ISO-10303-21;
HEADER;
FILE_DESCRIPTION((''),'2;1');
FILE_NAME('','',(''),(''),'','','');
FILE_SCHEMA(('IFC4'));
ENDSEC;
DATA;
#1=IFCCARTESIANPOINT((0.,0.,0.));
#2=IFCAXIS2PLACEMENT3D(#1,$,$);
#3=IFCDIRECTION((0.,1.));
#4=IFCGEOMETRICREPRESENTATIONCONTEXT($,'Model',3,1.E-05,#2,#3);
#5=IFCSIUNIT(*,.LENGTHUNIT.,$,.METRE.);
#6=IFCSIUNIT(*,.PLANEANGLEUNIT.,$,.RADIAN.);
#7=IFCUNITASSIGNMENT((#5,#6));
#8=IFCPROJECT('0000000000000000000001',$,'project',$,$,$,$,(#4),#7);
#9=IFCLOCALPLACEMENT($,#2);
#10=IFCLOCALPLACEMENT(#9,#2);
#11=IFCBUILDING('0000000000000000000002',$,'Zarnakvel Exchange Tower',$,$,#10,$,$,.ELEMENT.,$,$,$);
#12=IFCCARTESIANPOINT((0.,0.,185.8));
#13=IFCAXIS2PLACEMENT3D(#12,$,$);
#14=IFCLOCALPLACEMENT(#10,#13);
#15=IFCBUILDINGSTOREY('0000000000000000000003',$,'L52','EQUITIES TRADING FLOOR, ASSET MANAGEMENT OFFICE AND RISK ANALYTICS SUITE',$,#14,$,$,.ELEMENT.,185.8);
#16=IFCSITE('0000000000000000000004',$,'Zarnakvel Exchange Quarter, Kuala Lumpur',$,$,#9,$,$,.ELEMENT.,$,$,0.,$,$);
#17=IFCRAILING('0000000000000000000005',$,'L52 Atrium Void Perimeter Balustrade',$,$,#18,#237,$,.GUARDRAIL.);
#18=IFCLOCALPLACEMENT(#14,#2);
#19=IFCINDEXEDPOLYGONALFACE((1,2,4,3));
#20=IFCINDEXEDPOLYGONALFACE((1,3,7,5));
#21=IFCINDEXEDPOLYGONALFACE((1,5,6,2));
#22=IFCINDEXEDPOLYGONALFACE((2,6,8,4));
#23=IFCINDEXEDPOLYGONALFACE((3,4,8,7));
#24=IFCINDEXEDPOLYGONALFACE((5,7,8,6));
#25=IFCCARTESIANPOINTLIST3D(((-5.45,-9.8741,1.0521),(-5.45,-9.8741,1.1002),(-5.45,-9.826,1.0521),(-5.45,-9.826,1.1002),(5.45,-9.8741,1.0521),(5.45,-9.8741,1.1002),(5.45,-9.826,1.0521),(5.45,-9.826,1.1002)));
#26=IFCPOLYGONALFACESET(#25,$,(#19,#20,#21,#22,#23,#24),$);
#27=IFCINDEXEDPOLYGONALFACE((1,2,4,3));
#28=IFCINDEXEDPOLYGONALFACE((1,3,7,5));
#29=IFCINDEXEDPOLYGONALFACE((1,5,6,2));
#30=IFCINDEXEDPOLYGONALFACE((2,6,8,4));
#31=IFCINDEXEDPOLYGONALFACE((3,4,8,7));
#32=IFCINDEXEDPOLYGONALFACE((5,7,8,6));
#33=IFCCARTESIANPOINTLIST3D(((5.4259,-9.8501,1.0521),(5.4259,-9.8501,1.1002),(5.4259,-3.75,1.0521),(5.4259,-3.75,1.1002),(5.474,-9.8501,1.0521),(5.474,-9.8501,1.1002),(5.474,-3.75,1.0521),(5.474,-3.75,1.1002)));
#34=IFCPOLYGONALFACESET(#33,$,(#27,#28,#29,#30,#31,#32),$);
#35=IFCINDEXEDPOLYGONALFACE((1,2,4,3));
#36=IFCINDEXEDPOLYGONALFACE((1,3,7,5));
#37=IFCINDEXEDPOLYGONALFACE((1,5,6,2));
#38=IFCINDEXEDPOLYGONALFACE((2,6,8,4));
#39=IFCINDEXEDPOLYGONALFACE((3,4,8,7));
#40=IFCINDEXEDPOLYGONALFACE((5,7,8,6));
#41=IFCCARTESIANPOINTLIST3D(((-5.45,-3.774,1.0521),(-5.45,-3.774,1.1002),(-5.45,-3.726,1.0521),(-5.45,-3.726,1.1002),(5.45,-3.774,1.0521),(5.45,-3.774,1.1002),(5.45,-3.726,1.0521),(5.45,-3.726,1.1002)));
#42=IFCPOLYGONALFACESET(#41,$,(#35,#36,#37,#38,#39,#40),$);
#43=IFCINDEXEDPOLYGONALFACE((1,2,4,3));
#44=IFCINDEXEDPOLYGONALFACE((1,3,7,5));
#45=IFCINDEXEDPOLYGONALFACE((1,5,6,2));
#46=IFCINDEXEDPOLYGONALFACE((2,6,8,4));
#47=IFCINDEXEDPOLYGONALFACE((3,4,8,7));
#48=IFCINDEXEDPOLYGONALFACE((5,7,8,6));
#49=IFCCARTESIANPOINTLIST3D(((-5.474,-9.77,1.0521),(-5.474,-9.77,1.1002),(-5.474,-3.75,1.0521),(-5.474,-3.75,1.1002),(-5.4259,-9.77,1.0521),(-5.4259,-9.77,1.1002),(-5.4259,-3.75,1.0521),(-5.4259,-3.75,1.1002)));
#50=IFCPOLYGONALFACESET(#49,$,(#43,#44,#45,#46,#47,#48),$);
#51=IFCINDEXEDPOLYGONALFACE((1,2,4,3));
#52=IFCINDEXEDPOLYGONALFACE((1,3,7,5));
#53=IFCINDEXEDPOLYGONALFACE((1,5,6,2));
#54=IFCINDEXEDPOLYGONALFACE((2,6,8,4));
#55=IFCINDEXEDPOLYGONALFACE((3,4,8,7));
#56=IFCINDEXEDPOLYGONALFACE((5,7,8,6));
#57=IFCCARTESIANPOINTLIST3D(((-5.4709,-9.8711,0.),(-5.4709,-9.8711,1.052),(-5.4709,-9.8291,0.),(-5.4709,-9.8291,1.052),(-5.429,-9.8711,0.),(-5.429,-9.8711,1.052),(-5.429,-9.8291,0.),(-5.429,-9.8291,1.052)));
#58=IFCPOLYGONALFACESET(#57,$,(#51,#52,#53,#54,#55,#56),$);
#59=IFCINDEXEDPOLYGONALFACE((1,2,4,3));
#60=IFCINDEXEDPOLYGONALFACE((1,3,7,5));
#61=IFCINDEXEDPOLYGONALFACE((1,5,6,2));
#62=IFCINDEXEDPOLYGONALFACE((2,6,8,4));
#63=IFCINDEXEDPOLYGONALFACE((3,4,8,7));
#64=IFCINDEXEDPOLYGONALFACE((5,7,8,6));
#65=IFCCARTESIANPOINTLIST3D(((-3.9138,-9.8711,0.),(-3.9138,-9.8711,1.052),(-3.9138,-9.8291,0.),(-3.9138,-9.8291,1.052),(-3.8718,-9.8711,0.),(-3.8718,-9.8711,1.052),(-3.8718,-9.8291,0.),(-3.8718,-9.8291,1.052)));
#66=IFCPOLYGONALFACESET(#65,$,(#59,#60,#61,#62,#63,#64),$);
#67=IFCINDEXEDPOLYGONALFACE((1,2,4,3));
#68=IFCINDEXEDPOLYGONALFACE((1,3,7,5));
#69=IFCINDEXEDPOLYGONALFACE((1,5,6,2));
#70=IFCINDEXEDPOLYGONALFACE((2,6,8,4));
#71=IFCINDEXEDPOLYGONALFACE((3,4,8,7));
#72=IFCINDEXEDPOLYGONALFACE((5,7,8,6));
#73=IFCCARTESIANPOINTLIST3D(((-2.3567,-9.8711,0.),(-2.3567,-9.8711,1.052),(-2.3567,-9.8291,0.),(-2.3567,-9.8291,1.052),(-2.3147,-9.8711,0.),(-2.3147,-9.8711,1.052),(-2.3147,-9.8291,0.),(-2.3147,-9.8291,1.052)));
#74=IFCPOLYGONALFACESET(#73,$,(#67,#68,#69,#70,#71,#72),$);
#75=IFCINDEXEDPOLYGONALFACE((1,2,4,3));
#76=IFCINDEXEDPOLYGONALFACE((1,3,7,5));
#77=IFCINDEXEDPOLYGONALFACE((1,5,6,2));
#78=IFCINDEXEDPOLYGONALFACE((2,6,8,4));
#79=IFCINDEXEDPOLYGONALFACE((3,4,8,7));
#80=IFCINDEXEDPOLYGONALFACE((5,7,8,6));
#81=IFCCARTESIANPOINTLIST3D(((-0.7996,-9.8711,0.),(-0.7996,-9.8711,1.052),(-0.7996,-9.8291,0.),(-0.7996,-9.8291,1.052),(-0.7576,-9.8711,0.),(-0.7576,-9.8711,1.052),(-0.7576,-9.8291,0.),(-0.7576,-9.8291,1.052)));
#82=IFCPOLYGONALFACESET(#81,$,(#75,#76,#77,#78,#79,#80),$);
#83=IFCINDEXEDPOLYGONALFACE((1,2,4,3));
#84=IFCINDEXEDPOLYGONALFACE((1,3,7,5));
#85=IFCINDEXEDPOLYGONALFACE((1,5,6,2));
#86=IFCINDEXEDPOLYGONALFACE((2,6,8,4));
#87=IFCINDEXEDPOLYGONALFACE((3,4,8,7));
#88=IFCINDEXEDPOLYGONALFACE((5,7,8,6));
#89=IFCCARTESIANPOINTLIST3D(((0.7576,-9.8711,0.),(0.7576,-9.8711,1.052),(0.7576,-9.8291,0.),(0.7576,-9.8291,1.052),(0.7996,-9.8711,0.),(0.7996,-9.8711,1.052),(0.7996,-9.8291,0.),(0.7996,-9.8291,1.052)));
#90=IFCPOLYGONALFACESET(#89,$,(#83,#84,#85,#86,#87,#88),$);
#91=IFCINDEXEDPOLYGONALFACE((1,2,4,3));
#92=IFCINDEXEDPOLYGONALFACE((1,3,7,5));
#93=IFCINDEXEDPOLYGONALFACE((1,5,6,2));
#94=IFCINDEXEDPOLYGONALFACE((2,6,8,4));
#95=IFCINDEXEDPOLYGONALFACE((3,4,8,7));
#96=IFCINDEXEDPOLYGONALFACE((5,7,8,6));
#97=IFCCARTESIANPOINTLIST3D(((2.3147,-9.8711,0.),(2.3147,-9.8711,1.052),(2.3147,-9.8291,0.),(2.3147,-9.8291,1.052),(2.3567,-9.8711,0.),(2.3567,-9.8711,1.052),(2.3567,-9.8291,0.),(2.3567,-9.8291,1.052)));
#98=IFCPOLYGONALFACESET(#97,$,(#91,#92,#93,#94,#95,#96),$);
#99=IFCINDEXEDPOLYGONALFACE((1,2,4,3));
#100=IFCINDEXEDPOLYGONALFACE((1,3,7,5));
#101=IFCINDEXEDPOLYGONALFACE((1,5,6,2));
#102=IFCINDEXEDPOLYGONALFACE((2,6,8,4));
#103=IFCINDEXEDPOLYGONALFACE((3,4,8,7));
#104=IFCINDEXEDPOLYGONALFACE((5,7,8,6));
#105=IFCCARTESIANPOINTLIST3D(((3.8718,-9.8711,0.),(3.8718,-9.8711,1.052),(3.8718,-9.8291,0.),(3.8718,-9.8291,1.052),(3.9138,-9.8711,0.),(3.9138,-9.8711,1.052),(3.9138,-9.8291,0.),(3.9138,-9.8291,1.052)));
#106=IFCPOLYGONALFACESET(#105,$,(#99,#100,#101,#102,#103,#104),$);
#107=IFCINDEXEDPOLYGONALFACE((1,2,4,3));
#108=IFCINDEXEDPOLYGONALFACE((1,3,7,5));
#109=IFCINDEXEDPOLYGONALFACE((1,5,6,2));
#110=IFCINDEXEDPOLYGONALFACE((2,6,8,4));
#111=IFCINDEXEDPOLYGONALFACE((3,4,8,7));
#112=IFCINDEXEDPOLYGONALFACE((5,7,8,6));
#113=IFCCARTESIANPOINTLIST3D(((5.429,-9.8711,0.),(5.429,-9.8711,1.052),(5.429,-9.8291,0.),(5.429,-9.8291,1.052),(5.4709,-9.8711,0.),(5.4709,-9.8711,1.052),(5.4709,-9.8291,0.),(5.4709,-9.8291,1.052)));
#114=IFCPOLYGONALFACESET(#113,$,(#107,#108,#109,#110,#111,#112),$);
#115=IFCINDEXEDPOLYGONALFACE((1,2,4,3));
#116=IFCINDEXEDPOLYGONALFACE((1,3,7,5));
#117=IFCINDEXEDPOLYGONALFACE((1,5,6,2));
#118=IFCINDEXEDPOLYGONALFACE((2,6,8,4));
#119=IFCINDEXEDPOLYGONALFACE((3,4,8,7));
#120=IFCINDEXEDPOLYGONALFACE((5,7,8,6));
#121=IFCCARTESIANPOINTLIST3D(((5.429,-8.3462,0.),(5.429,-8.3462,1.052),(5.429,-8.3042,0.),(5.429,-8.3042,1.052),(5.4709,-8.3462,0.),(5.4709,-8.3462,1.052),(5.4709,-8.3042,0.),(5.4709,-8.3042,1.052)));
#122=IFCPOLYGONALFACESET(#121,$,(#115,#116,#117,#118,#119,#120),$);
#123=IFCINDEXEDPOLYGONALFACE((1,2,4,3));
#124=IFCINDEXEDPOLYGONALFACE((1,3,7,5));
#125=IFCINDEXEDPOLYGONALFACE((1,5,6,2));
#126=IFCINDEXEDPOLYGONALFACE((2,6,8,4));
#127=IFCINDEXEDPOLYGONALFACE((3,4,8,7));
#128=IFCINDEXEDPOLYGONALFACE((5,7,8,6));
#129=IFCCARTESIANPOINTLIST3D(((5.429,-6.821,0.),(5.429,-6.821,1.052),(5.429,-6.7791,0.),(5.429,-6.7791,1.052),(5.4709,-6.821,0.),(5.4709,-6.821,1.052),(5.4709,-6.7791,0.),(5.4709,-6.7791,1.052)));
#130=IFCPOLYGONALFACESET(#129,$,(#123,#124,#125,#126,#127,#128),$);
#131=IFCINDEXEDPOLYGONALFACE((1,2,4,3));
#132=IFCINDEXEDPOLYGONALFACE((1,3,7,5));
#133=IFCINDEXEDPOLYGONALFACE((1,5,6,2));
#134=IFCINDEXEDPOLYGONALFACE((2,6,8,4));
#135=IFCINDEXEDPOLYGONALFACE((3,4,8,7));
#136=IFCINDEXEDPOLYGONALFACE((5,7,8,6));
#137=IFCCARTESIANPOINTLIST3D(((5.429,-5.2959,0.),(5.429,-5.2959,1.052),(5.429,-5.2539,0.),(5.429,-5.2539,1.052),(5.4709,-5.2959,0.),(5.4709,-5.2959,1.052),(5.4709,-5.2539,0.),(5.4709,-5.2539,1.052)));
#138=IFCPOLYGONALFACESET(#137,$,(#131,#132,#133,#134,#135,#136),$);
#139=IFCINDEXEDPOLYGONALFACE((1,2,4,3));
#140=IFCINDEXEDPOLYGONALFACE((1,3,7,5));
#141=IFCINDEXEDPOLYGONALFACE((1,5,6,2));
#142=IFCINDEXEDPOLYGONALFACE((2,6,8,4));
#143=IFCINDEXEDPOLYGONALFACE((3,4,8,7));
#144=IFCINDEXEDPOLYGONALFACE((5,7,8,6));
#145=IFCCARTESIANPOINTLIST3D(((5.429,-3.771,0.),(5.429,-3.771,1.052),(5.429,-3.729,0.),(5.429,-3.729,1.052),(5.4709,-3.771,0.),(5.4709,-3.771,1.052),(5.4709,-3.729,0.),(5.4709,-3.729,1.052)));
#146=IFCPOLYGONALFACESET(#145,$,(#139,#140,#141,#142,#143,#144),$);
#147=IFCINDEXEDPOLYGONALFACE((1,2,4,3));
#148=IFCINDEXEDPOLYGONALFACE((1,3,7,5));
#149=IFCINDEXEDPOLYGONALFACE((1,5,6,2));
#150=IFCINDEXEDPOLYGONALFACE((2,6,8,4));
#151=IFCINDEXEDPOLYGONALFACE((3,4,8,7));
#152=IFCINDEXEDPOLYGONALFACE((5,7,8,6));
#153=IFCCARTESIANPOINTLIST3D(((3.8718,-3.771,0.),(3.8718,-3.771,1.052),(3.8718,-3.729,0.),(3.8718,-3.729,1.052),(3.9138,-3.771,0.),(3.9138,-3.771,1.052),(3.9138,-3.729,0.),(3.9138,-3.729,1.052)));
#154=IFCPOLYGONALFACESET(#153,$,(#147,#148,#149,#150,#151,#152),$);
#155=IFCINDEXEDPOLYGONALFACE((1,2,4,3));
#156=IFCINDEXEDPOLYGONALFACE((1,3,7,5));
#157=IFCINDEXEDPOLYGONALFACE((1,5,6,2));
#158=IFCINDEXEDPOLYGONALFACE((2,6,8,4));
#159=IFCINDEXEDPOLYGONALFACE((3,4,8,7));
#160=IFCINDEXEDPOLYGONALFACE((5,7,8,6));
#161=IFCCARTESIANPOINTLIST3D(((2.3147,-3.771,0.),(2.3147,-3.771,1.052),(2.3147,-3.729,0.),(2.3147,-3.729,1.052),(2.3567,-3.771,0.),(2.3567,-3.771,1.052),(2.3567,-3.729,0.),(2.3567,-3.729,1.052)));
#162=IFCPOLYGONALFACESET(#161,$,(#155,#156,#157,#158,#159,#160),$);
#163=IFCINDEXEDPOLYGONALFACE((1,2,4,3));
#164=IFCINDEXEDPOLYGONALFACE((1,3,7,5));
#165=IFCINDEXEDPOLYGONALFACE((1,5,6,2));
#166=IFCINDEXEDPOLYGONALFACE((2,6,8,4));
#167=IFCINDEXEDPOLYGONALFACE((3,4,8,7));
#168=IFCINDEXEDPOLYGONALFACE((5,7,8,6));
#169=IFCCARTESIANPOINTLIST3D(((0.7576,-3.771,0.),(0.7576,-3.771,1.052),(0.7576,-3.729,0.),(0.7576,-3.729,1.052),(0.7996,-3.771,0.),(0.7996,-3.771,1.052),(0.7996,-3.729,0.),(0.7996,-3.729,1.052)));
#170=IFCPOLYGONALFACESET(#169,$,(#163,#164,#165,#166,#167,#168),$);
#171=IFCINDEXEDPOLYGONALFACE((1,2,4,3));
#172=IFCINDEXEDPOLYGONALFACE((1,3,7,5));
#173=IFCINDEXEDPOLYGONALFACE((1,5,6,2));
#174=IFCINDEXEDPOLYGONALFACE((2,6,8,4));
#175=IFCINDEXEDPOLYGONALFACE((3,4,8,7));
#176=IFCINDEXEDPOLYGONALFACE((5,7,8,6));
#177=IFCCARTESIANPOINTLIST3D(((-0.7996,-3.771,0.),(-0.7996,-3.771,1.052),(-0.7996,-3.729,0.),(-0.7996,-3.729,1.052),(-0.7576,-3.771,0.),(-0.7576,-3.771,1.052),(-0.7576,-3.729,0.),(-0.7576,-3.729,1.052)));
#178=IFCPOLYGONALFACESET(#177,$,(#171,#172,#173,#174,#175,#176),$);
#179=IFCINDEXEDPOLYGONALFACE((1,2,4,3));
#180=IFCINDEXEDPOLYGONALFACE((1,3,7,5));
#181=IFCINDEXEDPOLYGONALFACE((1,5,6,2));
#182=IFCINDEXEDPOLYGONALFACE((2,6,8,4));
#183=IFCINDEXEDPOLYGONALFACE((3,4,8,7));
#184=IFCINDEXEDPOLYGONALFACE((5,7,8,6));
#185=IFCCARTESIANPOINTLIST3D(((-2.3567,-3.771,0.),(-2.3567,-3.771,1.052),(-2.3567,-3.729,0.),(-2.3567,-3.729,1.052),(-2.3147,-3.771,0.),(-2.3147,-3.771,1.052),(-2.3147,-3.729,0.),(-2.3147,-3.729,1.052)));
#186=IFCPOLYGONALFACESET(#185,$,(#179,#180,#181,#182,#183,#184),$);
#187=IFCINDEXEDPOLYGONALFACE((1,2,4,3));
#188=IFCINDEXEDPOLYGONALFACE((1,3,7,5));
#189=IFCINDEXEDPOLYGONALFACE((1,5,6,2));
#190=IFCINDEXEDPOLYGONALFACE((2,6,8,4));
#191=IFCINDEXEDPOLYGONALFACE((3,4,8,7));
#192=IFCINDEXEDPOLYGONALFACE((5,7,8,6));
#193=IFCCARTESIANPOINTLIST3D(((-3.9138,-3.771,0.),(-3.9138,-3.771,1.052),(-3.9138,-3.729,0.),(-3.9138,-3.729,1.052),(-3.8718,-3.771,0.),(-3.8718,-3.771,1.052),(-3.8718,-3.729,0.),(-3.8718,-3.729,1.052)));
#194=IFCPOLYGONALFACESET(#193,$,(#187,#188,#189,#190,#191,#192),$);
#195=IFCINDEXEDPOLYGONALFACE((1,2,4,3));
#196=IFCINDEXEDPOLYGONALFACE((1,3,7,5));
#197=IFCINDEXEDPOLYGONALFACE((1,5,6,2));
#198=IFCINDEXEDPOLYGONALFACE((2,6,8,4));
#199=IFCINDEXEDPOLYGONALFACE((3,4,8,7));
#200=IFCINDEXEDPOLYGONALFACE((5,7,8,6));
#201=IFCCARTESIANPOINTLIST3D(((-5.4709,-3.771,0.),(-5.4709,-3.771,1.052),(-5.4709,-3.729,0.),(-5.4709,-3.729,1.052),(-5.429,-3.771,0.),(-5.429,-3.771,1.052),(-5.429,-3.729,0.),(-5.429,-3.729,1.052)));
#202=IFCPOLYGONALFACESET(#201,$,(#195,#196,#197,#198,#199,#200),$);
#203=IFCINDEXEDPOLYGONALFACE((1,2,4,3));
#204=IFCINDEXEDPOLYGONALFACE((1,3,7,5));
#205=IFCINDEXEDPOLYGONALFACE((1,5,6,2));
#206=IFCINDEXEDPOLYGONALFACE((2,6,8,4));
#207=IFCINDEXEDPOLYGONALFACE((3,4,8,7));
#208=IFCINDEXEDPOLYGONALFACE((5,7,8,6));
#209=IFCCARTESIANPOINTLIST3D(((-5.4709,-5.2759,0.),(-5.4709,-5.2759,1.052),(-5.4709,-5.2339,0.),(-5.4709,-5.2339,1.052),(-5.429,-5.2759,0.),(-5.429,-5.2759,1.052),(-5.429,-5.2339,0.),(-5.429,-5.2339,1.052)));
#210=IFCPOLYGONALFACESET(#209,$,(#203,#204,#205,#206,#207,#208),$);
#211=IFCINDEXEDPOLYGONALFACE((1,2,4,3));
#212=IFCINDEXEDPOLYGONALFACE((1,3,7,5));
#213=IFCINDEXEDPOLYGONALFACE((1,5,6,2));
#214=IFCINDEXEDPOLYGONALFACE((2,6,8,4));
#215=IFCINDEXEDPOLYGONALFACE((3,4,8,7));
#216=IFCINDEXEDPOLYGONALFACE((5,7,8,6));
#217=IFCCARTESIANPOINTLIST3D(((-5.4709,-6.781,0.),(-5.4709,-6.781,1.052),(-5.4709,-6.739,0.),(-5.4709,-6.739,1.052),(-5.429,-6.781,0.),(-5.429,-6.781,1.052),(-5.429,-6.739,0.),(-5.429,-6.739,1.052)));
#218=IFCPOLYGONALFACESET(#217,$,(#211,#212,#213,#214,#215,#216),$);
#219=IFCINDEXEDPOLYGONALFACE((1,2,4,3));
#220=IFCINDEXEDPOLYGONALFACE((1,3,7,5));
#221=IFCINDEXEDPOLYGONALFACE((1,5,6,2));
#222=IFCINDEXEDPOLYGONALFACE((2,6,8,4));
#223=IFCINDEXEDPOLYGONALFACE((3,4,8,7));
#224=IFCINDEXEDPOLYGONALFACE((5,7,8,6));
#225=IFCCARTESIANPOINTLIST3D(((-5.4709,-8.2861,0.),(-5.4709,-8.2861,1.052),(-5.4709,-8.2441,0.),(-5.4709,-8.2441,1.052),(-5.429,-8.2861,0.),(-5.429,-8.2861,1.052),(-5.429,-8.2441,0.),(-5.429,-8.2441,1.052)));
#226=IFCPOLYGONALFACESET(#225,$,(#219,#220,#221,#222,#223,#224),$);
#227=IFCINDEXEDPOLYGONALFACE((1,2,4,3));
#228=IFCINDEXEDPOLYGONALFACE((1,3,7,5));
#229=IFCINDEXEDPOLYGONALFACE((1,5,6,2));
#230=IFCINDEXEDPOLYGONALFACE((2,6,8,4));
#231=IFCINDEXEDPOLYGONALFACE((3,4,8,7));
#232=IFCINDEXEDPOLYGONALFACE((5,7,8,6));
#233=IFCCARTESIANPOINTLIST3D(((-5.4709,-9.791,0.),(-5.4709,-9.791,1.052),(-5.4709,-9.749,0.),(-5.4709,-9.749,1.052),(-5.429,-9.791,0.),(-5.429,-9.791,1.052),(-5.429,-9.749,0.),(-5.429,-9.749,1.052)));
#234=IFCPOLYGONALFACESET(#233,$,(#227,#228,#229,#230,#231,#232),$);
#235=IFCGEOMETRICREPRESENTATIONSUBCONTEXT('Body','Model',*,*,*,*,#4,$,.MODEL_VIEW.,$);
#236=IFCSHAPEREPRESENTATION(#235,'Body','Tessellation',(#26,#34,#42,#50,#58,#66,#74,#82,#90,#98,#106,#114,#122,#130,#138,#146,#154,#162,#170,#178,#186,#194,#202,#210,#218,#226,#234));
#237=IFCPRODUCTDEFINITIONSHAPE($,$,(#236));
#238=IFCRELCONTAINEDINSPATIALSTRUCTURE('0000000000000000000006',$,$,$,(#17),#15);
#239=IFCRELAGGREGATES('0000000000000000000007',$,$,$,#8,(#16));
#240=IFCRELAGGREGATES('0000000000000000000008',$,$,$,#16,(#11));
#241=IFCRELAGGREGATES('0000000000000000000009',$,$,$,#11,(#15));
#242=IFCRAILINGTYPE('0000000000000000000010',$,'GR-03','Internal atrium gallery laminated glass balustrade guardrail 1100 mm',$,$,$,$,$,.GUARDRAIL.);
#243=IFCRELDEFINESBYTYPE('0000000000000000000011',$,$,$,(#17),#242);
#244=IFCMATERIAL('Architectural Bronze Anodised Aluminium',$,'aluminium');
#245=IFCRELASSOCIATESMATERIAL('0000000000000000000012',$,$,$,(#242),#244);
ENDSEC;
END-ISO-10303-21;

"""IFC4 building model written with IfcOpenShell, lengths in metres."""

from ifc_helpers import new_model, si_unit, direction, frame, origin, origin_2d, place, context, subcontext, project, spatial, rectangle, extrude, material, type_object, element, save


model = new_model("IFC4")

# Units and contexts
model_context = context("Model", 3, precision=1e-05, world=origin(), true_north=direction((0.0, 1.0)))
body_context = subcontext(model_context, "Body", "Model", "MODEL_VIEW")
ifc_project = project(units=[si_unit("LENGTHUNIT", "METRE"), si_unit("PLANEANGLEUNIT", "RADIAN")], contexts=[model_context])

# Site, building, storey
site_placement = place(None, origin())
site = spatial("IfcSite", under=ifc_project, at=site_placement, Name="Zarnakvel Exchange Quarter, Kuala Lumpur", CompositionType="ELEMENT", RefElevation=0.0)
building_placement = place(site_placement, origin())
building = spatial("IfcBuilding", under=site, at=building_placement, Name="Zarnakvel Exchange Tower", CompositionType="ELEMENT")
storey_placement = place(building_placement, frame((0.0, 0.0, 185.8)))
storey = spatial("IfcBuildingStorey", under=building, at=storey_placement, Name="L52", Description="EQUITIES TRADING FLOOR, ASSET MANAGEMENT OFFICE AND RISK ANALYTICS SUITE", CompositionType="ELEMENT", Elevation=185.8)

# Shared definitions
ifc_material_1 = material(Name="Architectural Bronze Anodised Aluminium", Category="aluminium")

# Railing
railing_type_1 = type_object("IfcRailingType", Name="GR-03", Description="Internal atrium gallery laminated glass balustrade guardrail 1100 mm", PredefinedType="GUARDRAIL", material=ifc_material_1)
railing_1_placement = place(storey_placement, frame((-5.45, -9.8501, 0.0)))
element("IfcRailing", 1, at=railing_1_placement, inside=storey, type_object=railing_type_1, Name="L52 Atrium Void Perimeter Balustrade", PredefinedType="GUARDRAIL", context=body_context, shape_type="SweptSolid", body=[
    extrude(rectangle(XDim=0.0481, YDim=0.0481, at=origin_2d()), frame((0.0, 0.0, 1.0762), z_axis=(1.0, 0.0, 0.0), x_axis=(0.0, 1.0, 0.0)), (0.0, 0.0, 1.0), 10.8999),
    extrude(rectangle(XDim=0.0481, YDim=0.0481, at=origin_2d()), frame((10.8999, 0.0, 1.0762), z_axis=(0.0, 1.0, 0.0), x_axis=(-1.0, 0.0, 0.0)), (0.0, 0.0, 1.0), 6.1001),
    extrude(rectangle(XDim=0.0481, YDim=0.0481, at=origin_2d()), frame((10.8999, 6.1001, 1.0762), z_axis=(-1.0, 0.0, 0.0), x_axis=(0.0, -1.0, 0.0)), (0.0, 0.0, 1.0), 10.8999),
    extrude(rectangle(XDim=0.0481, YDim=0.0481, at=origin_2d()), frame((0.0, 6.1001, 1.0762), z_axis=(0.0, -1.0, 0.0), x_axis=(1.0, 0.0, 0.0)), (0.0, 0.0, 1.0), 6.02),
    extrude(rectangle(XDim=0.042, YDim=0.042, at=origin_2d()), origin(), (0.0, 0.0, 1.0), 1.052),
    extrude(rectangle(XDim=0.042, YDim=0.042, at=origin_2d()), frame((1.5571, 0.0, 0.0)), (0.0, 0.0, 1.0), 1.052),
    extrude(rectangle(XDim=0.042, YDim=0.042, at=origin_2d()), frame((3.1143, 0.0, 0.0)), (0.0, 0.0, 1.0), 1.052),
    extrude(rectangle(XDim=0.042, YDim=0.042, at=origin_2d()), frame((4.6714, 0.0, 0.0)), (0.0, 0.0, 1.0), 1.052),
    extrude(rectangle(XDim=0.042, YDim=0.042, at=origin_2d()), frame((6.2285, 0.0, 0.0)), (0.0, 0.0, 1.0), 1.052),
    extrude(rectangle(XDim=0.042, YDim=0.042, at=origin_2d()), frame((7.7856, 0.0, 0.0)), (0.0, 0.0, 1.0), 1.052),
    extrude(rectangle(XDim=0.042, YDim=0.042, at=origin_2d()), frame((9.3428, 0.0, 0.0)), (0.0, 0.0, 1.0), 1.052),
    extrude(rectangle(XDim=0.042, YDim=0.042, at=origin_2d()), frame((10.8999, 0.0, 0.0)), (0.0, 0.0, 1.0), 1.052),
    extrude(rectangle(XDim=0.042, YDim=0.042, at=origin_2d()), frame((10.8999, 1.5249, 0.0)), (0.0, 0.0, 1.0), 1.052),
    extrude(rectangle(XDim=0.042, YDim=0.042, at=origin_2d()), frame((10.8999, 3.05, 0.0)), (0.0, 0.0, 1.0), 1.052),
    extrude(rectangle(XDim=0.042, YDim=0.042, at=origin_2d()), frame((10.8999, 4.5752, 0.0)), (0.0, 0.0, 1.0), 1.052),
    extrude(rectangle(XDim=0.042, YDim=0.042, at=origin_2d()), frame((10.8999, 6.1001, 0.0)), (0.0, 0.0, 1.0), 1.052),
    extrude(rectangle(XDim=0.042, YDim=0.042, at=origin_2d()), frame((9.3428, 6.1001, 0.0)), (0.0, 0.0, 1.0), 1.052),
    extrude(rectangle(XDim=0.042, YDim=0.042, at=origin_2d()), frame((7.7856, 6.1001, 0.0)), (0.0, 0.0, 1.0), 1.052),
    extrude(rectangle(XDim=0.042, YDim=0.042, at=origin_2d()), frame((6.2285, 6.1001, 0.0)), (0.0, 0.0, 1.0), 1.052),
    extrude(rectangle(XDim=0.042, YDim=0.042, at=origin_2d()), frame((4.6714, 6.1001, 0.0)), (0.0, 0.0, 1.0), 1.052),
    extrude(rectangle(XDim=0.042, YDim=0.042, at=origin_2d()), frame((3.1143, 6.1001, 0.0)), (0.0, 0.0, 1.0), 1.052),
    extrude(rectangle(XDim=0.042, YDim=0.042, at=origin_2d()), frame((1.5571, 6.1001, 0.0)), (0.0, 0.0, 1.0), 1.052),
    extrude(rectangle(XDim=0.042, YDim=0.042, at=origin_2d()), frame((0.0, 6.1001, 0.0)), (0.0, 0.0, 1.0), 1.052),
    extrude(rectangle(XDim=0.042, YDim=0.042, at=origin_2d()), frame((0.0, 4.5952, 0.0)), (0.0, 0.0, 1.0), 1.052),
    extrude(rectangle(XDim=0.042, YDim=0.042, at=origin_2d()), frame((0.0, 3.0901, 0.0)), (0.0, 0.0, 1.0), 1.052),
    extrude(rectangle(XDim=0.042, YDim=0.042, at=origin_2d()), frame((0.0, 1.585, 0.0)), (0.0, 0.0, 1.0), 1.052),
    extrude(rectangle(XDim=0.042, YDim=0.042, at=origin_2d()), frame((0.0, 0.0801, 0.0)), (0.0, 0.0, 1.0), 1.052),
])

save(model, "model.ifc")
